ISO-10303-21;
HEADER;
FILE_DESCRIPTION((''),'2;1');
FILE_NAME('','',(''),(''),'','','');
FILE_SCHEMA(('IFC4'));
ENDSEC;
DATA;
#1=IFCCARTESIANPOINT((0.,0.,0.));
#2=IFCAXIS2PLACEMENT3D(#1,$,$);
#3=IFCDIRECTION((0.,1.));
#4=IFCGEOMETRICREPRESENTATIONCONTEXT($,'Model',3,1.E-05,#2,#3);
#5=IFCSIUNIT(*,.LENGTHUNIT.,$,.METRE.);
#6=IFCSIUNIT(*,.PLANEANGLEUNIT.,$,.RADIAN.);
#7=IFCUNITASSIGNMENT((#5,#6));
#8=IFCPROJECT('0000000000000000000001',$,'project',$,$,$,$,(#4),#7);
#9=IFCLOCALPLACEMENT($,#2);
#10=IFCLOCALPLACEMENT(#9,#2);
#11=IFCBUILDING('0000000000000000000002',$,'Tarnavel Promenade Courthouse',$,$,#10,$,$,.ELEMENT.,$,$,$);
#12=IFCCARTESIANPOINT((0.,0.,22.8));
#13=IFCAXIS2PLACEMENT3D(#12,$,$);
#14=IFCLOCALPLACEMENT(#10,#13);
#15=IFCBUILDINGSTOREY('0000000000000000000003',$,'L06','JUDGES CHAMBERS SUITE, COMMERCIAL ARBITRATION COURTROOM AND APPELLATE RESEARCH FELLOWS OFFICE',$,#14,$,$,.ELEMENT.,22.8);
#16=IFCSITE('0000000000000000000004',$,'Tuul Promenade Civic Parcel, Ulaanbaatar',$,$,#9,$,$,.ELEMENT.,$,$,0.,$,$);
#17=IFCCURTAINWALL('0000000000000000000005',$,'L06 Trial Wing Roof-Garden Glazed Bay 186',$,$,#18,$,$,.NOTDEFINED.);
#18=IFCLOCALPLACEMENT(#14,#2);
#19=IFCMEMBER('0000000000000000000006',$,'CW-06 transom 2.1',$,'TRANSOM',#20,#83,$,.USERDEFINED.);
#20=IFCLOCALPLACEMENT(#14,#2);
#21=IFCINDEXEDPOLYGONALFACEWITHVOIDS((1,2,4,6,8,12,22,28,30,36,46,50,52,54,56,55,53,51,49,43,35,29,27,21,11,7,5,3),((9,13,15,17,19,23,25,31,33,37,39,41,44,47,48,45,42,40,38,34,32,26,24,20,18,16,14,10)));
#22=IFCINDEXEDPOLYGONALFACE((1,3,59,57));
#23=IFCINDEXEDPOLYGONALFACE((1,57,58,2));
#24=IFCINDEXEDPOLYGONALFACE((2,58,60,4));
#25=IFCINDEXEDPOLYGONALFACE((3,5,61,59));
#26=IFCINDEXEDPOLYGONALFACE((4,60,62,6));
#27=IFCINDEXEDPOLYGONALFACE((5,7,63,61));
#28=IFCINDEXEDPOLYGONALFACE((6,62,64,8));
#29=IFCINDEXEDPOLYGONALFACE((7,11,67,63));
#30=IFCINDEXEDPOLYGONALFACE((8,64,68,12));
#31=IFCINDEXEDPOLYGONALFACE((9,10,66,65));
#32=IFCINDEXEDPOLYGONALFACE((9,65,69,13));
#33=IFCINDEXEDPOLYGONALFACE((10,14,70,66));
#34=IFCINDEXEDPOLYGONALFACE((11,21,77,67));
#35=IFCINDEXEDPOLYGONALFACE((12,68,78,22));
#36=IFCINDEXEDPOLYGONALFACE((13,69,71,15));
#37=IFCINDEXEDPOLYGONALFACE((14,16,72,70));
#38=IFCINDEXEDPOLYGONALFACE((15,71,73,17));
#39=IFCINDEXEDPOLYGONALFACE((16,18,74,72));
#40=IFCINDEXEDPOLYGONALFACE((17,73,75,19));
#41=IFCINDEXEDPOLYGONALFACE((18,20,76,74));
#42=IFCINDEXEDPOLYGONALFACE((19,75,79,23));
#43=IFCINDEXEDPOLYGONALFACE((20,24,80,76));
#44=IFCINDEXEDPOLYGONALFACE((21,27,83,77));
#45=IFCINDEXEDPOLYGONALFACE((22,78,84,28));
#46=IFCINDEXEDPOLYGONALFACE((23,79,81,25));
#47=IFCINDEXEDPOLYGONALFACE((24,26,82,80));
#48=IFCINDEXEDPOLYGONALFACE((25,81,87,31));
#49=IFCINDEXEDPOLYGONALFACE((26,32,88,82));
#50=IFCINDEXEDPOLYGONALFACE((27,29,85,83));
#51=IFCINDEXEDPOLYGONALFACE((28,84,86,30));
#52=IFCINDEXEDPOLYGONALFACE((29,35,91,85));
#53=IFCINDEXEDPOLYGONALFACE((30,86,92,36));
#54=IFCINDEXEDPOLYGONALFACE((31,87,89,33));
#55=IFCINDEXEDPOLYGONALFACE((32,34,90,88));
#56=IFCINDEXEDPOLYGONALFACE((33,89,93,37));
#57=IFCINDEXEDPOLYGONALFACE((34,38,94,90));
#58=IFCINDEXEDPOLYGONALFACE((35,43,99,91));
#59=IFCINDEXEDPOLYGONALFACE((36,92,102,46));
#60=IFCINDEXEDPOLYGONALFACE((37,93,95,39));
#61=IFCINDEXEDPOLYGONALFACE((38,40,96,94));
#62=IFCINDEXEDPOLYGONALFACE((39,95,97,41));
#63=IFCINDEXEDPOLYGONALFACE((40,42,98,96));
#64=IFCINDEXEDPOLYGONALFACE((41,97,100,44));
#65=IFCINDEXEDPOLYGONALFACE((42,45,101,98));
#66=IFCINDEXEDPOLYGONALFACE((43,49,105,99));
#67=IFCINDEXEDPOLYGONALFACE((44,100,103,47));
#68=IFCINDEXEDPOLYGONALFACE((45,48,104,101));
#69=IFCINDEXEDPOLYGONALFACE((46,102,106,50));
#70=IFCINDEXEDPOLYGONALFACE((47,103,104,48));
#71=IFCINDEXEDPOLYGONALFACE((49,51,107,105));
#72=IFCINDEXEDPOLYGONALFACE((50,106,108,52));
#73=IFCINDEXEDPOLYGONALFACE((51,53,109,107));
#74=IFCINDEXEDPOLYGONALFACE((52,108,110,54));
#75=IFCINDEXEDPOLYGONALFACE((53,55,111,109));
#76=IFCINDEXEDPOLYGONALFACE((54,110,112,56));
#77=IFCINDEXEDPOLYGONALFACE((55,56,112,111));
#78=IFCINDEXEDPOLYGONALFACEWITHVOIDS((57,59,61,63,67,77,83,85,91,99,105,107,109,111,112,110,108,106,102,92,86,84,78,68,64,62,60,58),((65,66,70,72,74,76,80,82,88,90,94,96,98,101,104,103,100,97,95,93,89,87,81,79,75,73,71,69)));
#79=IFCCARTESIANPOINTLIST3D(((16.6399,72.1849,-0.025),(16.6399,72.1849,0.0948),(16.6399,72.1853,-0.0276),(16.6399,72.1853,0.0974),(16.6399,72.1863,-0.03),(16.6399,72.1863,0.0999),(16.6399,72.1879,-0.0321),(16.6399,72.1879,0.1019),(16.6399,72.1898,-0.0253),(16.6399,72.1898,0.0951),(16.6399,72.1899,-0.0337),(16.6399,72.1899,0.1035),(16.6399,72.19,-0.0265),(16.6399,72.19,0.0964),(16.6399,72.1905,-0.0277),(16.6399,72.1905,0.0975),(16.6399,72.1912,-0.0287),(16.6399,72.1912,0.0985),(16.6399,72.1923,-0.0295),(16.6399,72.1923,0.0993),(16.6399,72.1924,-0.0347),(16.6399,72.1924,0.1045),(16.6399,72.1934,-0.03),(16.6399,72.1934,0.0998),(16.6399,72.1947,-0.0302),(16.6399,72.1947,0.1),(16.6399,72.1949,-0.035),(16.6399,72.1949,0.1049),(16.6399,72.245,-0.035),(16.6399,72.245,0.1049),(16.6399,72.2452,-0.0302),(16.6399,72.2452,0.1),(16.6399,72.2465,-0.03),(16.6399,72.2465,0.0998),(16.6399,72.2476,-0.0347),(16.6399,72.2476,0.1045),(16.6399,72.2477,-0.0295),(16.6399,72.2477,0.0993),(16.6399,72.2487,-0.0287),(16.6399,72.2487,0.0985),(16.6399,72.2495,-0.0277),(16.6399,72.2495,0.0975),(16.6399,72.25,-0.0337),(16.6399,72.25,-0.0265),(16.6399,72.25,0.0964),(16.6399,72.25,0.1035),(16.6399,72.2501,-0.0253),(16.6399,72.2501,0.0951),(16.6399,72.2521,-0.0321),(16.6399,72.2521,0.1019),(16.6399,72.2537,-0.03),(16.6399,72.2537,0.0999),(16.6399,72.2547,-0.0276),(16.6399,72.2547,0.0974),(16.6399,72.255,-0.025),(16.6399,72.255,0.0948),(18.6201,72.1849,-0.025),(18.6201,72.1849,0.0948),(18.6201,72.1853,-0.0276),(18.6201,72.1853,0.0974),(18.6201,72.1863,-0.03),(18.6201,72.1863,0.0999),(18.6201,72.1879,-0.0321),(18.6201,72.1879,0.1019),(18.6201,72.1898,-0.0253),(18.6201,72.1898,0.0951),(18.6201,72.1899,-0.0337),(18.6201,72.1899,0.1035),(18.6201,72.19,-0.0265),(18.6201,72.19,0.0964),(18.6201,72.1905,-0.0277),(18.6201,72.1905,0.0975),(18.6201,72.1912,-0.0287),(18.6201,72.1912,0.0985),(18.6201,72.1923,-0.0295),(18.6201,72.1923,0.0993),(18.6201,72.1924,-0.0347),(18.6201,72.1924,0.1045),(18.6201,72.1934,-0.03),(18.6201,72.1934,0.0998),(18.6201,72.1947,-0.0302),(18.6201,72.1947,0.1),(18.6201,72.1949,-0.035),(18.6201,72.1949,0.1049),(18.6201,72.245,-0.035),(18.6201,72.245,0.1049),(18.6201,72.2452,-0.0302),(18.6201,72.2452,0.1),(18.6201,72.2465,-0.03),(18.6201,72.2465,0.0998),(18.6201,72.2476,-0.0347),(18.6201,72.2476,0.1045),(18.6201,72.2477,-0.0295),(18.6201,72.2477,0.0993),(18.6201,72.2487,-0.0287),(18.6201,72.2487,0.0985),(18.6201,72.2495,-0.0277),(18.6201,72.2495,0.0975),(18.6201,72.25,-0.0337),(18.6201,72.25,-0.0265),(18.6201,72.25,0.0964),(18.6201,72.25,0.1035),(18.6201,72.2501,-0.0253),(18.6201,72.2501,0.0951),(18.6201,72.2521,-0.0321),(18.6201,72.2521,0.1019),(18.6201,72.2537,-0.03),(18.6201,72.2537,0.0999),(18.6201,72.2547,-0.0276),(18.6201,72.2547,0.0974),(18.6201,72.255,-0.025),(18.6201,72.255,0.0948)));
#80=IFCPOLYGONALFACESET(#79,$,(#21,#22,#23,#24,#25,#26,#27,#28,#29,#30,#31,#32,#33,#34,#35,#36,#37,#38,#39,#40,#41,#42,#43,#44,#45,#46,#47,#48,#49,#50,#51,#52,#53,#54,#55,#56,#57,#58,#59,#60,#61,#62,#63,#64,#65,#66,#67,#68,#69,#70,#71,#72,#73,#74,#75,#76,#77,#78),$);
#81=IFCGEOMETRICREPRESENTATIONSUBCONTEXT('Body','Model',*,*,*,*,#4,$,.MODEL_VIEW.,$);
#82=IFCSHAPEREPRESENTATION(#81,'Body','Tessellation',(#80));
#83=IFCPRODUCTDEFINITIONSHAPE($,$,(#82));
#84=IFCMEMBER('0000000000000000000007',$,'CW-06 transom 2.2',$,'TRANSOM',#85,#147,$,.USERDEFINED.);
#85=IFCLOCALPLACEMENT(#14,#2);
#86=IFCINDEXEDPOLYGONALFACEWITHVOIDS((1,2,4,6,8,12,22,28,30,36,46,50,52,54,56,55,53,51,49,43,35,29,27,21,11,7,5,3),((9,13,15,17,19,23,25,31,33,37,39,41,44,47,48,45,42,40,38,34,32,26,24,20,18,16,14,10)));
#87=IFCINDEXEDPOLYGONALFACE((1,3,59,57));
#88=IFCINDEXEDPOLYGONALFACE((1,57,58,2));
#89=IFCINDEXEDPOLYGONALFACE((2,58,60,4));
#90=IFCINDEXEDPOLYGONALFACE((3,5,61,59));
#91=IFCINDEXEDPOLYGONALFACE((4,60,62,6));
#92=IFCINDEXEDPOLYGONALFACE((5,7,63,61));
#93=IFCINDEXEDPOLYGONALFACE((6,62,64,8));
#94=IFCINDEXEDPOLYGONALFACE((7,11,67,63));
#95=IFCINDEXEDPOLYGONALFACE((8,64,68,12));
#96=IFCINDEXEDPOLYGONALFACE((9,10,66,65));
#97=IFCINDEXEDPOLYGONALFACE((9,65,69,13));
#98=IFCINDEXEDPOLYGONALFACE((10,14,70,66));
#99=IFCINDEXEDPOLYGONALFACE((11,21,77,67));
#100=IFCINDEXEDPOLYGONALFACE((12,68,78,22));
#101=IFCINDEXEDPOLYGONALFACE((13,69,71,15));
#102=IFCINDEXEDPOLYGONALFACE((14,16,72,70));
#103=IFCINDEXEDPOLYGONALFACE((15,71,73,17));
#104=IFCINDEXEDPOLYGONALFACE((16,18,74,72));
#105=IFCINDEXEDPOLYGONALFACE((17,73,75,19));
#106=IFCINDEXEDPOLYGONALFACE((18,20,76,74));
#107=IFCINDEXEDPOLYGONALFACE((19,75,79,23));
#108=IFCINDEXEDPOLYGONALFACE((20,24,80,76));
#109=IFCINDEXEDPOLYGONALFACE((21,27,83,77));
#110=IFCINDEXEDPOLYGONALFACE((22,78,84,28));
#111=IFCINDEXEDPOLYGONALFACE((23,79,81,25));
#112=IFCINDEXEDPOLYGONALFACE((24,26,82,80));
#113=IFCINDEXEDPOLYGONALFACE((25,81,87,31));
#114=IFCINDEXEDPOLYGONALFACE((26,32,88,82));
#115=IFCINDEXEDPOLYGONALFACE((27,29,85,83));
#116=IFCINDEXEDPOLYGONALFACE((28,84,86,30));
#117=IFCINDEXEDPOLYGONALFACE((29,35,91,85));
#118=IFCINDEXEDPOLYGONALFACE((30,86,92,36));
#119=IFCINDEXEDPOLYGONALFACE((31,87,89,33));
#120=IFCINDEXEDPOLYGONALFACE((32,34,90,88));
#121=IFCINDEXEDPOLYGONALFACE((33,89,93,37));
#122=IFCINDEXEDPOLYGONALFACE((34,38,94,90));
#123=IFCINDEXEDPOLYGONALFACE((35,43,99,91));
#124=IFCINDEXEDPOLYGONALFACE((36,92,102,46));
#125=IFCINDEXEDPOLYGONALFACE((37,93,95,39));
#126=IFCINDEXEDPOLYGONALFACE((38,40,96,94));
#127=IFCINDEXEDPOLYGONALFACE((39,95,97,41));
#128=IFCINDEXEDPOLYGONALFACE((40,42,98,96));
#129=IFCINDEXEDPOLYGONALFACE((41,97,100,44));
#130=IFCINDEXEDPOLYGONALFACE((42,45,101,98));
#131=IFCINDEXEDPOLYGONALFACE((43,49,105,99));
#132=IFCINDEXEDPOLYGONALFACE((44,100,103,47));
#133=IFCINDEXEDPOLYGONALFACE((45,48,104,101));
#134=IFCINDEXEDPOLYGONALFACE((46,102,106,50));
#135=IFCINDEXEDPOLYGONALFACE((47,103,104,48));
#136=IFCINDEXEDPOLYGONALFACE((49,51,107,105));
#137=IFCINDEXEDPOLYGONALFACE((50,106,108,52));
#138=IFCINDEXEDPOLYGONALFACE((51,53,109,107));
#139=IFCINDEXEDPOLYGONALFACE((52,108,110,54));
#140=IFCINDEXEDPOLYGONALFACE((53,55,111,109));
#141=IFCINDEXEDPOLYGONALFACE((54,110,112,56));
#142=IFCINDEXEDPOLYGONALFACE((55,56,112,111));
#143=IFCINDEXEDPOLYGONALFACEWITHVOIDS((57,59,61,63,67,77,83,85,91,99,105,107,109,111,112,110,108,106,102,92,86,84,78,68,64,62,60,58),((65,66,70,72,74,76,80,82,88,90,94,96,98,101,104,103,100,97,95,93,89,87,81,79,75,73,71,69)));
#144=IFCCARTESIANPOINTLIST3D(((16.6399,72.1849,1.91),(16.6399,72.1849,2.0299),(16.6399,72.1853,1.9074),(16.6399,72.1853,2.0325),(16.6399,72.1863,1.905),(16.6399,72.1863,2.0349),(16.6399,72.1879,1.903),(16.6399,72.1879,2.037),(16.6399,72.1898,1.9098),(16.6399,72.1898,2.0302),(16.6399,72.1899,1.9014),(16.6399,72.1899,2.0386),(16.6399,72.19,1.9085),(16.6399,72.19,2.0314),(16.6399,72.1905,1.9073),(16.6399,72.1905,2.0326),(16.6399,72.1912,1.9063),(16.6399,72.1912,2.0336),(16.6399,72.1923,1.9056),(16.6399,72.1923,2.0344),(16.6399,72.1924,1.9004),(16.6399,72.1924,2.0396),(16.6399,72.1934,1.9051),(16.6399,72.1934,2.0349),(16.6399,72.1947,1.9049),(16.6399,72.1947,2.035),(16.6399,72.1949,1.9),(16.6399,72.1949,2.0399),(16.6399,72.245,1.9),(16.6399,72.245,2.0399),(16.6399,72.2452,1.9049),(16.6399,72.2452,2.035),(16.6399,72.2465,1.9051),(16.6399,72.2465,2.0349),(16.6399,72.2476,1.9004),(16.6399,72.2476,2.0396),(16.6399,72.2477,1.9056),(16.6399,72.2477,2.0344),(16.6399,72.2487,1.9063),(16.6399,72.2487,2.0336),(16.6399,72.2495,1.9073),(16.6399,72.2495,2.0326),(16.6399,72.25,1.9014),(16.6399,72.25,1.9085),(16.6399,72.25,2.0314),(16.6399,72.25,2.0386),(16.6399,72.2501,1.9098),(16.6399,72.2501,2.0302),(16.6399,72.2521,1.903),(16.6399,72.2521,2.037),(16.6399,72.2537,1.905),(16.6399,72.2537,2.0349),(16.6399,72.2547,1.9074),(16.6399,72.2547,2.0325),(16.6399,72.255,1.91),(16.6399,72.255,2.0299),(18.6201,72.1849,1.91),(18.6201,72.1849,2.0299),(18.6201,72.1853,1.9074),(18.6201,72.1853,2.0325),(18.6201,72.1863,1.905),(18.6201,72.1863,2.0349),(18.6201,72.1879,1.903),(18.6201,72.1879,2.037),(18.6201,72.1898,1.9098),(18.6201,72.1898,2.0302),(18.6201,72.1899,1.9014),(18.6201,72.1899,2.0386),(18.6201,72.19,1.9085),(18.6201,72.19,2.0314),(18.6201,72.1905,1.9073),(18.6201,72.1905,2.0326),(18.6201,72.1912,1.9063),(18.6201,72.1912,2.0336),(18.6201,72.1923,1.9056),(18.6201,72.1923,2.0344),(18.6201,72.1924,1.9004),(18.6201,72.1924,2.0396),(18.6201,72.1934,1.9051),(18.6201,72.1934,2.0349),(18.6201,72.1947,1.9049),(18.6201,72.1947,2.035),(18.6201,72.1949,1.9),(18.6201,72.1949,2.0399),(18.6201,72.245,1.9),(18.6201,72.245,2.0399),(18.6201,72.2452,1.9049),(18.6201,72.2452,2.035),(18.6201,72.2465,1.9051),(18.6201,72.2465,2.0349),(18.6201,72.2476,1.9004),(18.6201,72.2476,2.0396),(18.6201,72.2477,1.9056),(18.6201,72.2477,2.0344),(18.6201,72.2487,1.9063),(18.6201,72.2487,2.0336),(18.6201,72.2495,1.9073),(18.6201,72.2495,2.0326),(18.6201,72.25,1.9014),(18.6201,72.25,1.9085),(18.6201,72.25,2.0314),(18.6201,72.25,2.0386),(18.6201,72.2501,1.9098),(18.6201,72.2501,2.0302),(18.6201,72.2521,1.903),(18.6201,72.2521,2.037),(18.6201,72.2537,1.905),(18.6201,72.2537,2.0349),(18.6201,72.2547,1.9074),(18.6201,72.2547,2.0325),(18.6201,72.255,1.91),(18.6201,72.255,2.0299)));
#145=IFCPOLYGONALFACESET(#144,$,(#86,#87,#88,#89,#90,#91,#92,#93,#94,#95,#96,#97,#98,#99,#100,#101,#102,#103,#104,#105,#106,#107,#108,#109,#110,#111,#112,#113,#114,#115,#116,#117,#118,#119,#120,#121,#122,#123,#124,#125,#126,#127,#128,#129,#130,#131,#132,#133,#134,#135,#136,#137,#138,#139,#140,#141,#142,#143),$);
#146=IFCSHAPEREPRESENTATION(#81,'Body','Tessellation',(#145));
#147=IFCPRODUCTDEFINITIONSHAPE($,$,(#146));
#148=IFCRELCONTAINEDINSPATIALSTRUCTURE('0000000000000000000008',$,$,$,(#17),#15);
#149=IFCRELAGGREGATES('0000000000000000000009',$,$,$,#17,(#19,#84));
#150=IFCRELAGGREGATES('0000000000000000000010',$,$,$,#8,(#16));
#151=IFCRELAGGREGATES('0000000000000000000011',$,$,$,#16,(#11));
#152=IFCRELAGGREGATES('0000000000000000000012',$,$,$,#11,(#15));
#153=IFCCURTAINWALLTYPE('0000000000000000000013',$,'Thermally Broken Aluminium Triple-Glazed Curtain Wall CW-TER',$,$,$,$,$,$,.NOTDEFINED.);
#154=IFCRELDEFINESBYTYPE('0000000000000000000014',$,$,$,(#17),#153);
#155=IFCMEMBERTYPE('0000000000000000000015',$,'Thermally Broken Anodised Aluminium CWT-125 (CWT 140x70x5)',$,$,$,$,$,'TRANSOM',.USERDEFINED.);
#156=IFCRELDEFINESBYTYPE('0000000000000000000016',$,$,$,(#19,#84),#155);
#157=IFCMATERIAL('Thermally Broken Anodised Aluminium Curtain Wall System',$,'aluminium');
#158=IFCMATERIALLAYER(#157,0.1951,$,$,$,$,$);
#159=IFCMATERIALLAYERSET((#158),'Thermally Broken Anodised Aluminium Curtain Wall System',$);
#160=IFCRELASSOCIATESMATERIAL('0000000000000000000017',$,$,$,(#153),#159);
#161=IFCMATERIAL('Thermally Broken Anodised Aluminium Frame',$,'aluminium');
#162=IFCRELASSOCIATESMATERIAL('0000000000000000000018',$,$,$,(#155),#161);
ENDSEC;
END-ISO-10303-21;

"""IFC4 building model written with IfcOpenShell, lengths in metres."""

from ifc_helpers import new_model, si_unit, direction, frame, origin, origin_2d, place, context, subcontext, project, spatial, hollow_rectangle, extrude, material, layer, layer_set, material_profile, profile_set, type_object, element, aggregate, save


model = new_model("IFC4")

# Units and contexts
model_context = context("Model", 3, precision=1e-05, world=origin(), true_north=direction((0.0, 1.0)))
body_context = subcontext(model_context, "Body", "Model", "MODEL_VIEW")
ifc_project = project(units=[si_unit("LENGTHUNIT", "METRE"), si_unit("PLANEANGLEUNIT", "RADIAN")], contexts=[model_context])

# Site, building, storey
site_placement = place(None, origin())
site = spatial("IfcSite", under=ifc_project, at=site_placement, Name="Tuul Promenade Civic Parcel, Ulaanbaatar", CompositionType="ELEMENT", RefElevation=0.0)
building_placement = place(site_placement, origin())
building = spatial("IfcBuilding", under=site, at=building_placement, Name="Tarnavel Promenade Courthouse", CompositionType="ELEMENT")
storey_placement = place(building_placement, frame((0.0, 0.0, 22.8)))
storey = spatial("IfcBuildingStorey", under=building, at=storey_placement, Name="L06", Description="JUDGES CHAMBERS SUITE, COMMERCIAL ARBITRATION COURTROOM AND APPELLATE RESEARCH FELLOWS OFFICE", CompositionType="ELEMENT", Elevation=22.8)

# Shared definitions
ifc_material_1 = material(Name="Thermally Broken Anodised Aluminium Curtain Wall System", Category="aluminium")
ifc_layer_1 = layer(ifc_material_1, 0.1951)
ifc_layer_set_1 = layer_set([ifc_layer_1], Name="Thermally Broken Anodised Aluminium Curtain Wall System")
curtain_wall_type = type_object("IfcCurtainWallType", Name="Thermally Broken Aluminium Triple-Glazed Curtain Wall CW-TER", PredefinedType="NOTDEFINED", material=ifc_layer_set_1)
ifc_material_2 = material(Name="Thermally Broken Anodised Aluminium Frame", Category="aluminium")

# Curtain wall
curtain_wall_1_placement = place(storey_placement, origin())
curtain_wall_1 = element("IfcCurtainWall", 1, at=curtain_wall_1_placement, inside=storey, type_object=curtain_wall_type, Name="L06 Trial Wing Roof-Garden Glazed Bay 186", PredefinedType="NOTDEFINED")

# Members
ifc_material_profile_1 = material_profile(ifc_material_2, hollow_rectangle(XDim=0.0701, YDim=0.1399, WallThickness=0.0049, InnerFilletRadius=0.0049, OuterFilletRadius=0.01, at=origin_2d()), Name="CWT 140x70x5")
ifc_profile_set_1 = profile_set([ifc_material_profile_1], Name="Thermally Broken Anodised Aluminium Frame")
member_type_1 = type_object("IfcMemberType", Name="Thermally Broken Anodised Aluminium CWT-125 (CWT 140x70x5)", ElementType="TRANSOM", PredefinedType="USERDEFINED", material=ifc_profile_set_1)
member_1_placement = place(storey_placement, frame((16.6399, 72.22, 0.0349), z_axis=(1.0, 0.0, 0.0), x_axis=(0.0, 1.0, 0.0)))
member_1 = element("IfcMember", 2, at=member_1_placement, type_object=member_type_1, Name="CW-06 transom 2.1", ObjectType="TRANSOM", PredefinedType="USERDEFINED", context=body_context, shape_type="SweptSolid", body=[
    extrude(hollow_rectangle(XDim=0.0701, YDim=0.1399, WallThickness=0.0049, InnerFilletRadius=0.0049, OuterFilletRadius=0.01, at=origin_2d()), origin(), (0.0, 0.0, 1.0), 1.9802),
])
member_2_placement = place(storey_placement, frame((16.6399, 72.22, 1.97), z_axis=(1.0, 0.0, 0.0), x_axis=(0.0, 1.0, 0.0)))
member_2 = element("IfcMember", 3, at=member_2_placement, type_object=member_type_1, Name="CW-06 transom 2.2", ObjectType="TRANSOM", PredefinedType="USERDEFINED", context=body_context, shape_type="SweptSolid", body=[
    extrude(hollow_rectangle(XDim=0.0701, YDim=0.1399, WallThickness=0.0049, InnerFilletRadius=0.0049, OuterFilletRadius=0.01, at=origin_2d()), origin(), (0.0, 0.0, 1.0), 1.9802),
])

aggregate(curtain_wall_1, [member_1, member_2])

save(model, "model.ifc")
